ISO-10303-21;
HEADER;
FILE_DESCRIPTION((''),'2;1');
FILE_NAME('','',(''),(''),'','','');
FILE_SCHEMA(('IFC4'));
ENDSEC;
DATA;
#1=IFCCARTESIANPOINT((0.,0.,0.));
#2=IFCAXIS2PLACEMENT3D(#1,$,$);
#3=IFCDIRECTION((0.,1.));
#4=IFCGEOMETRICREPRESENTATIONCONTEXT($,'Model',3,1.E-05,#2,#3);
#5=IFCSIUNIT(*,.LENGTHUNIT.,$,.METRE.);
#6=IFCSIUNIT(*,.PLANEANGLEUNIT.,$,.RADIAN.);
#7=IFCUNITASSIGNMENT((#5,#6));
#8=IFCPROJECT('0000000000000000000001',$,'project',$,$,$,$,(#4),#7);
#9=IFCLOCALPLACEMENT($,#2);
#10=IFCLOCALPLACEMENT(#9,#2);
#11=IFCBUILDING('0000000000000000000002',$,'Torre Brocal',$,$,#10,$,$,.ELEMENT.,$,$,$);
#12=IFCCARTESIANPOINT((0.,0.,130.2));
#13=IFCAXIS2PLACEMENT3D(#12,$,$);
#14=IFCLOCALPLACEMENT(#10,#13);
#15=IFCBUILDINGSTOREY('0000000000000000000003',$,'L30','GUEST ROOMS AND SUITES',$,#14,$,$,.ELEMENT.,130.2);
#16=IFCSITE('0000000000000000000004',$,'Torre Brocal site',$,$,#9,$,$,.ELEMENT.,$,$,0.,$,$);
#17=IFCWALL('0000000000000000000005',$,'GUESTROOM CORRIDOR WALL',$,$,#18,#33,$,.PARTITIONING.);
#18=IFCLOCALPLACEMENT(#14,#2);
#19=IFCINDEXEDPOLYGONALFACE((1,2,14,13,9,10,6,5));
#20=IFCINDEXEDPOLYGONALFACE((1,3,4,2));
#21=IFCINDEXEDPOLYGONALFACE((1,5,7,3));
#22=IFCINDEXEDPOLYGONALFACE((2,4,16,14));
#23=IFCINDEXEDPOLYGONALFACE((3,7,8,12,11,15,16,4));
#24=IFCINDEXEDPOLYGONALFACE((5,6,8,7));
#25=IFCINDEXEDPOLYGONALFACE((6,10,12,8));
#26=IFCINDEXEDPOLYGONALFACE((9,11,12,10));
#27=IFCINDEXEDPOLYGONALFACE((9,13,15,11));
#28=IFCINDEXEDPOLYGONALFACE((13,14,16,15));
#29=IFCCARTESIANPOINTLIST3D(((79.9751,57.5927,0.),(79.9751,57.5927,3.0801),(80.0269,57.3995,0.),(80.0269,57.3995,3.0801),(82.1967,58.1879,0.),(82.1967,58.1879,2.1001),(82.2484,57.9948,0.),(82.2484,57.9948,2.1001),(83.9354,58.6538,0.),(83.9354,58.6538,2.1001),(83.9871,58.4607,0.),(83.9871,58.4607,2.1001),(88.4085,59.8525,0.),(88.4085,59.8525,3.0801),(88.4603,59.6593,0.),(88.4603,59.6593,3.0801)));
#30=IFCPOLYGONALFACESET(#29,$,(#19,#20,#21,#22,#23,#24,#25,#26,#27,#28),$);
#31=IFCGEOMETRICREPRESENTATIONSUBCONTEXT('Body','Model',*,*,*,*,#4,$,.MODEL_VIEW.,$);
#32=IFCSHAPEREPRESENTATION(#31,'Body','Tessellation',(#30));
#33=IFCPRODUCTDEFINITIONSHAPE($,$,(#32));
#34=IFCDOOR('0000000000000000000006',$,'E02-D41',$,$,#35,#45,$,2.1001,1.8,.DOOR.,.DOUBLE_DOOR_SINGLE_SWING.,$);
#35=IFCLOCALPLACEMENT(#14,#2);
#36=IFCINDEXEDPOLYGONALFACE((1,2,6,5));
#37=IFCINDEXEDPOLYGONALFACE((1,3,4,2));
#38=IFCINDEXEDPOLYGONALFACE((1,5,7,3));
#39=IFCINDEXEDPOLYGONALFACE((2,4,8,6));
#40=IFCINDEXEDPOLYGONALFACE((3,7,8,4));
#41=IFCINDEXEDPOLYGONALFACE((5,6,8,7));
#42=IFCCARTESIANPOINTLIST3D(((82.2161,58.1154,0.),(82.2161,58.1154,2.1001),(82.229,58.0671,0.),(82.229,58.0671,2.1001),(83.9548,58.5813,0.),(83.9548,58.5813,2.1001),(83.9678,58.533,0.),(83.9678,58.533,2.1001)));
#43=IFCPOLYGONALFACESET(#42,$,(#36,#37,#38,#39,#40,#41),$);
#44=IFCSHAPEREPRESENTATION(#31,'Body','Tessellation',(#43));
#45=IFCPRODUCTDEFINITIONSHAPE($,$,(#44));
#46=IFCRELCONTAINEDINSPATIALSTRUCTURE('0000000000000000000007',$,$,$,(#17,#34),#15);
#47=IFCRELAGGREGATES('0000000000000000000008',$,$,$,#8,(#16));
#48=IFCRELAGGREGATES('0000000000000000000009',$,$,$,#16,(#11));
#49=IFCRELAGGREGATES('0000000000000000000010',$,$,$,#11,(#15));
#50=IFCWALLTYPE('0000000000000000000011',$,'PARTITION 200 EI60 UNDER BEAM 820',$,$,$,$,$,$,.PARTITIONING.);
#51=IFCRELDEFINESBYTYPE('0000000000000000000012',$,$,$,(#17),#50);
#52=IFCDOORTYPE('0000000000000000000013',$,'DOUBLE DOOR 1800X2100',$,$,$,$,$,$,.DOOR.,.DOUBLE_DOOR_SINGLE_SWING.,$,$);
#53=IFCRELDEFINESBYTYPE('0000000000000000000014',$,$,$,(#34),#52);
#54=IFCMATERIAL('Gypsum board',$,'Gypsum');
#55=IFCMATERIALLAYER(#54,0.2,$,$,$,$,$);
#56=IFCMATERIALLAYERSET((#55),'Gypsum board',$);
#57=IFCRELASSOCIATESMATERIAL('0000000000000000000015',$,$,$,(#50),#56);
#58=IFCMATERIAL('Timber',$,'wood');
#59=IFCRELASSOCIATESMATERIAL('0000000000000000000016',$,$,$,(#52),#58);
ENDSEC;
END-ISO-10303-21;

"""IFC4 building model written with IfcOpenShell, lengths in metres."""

from ifc_helpers import new_model, si_unit, direction, frame, frame_2d, origin, place, context, subcontext, project, spatial, rectangle, extrude, material, layer, layer_set, type_object, element, fill, save


model = new_model("IFC4")

# Units and contexts
model_context = context("Model", 3, precision=1e-05, world=origin(), true_north=direction((0.0, 1.0)))
body_context = subcontext(model_context, "Body", "Model", "MODEL_VIEW")
ifc_project = project(units=[si_unit("LENGTHUNIT", "METRE"), si_unit("PLANEANGLEUNIT", "RADIAN")], contexts=[model_context])

# Site, building, storey
site_placement = place(None, origin())
site = spatial("IfcSite", under=ifc_project, at=site_placement, Name="Torre Brocal site", CompositionType="ELEMENT", RefElevation=0.0)
building_placement = place(site_placement, origin())
building = spatial("IfcBuilding", under=site, at=building_placement, Name="Torre Brocal", CompositionType="ELEMENT")
storey_placement = place(building_placement, frame((0.0, 0.0, 130.2)))
storey = spatial("IfcBuildingStorey", under=building, at=storey_placement, Name="L30", Description="GUEST ROOMS AND SUITES", CompositionType="ELEMENT", Elevation=130.2)

# Wall, opening, door
ifc_material_1 = material(Name="Gypsum board", Category="Gypsum")
ifc_layer_1 = layer(ifc_material_1, 0.2)
ifc_layer_set_1 = layer_set([ifc_layer_1], Name="Gypsum board")
wall_type_1 = type_object("IfcWallType", Name="PARTITION 200 EI60 UNDER BEAM 820", PredefinedType="PARTITIONING", material=ifc_layer_set_1)
wall_1_placement = place(storey_placement, frame((80.001, 57.4961, 0.0), z_axis=(0.0, 0.0, 1.0), x_axis=(0.965924, 0.258825, 0.0)))
wall_1 = element("IfcWall", 1, at=wall_1_placement, inside=storey, type_object=wall_type_1, Name="GUESTROOM CORRIDOR WALL", PredefinedType="PARTITIONING", context=body_context, shape_type="SweptSolid", body=[
    extrude(rectangle(XDim=8.731, YDim=0.2, at=frame_2d((4.3655, 0.0))), origin(), (0.0, 0.0, 1.0), 3.0801),
])
opening_1_placement = place(wall_1_placement, frame((2.3, 0.0, 0.0)))
opening_1 = element("IfcOpeningElement", 2, at=opening_1_placement, cuts=wall_1, PredefinedType="OPENING", context=body_context, shape_type="SweptSolid", body=[
    extrude(rectangle(XDim=1.8, YDim=2.1001, at=frame_2d((0.8999, 1.05))), frame((0.0, 0.1099, 0.0), z_axis=(0.0, -1.0, 0.0), x_axis=(1.0, 0.0, 0.0)), (0.0, 0.0, 1.0), 0.22),
])
ifc_material_2 = material(Name="Timber", Category="wood")
door_type_1 = type_object("IfcDoorType", Name="DOUBLE DOOR 1800X2100", OperationType="DOUBLE_DOOR_SINGLE_SWING", PredefinedType="DOOR", material=ifc_material_2)
door_1_placement = place(opening_1_placement, origin())
door_1 = element("IfcDoor", 3, at=door_1_placement, inside=storey, type_object=door_type_1, Name="E02-D41", OperationType="DOUBLE_DOOR_SINGLE_SWING", OverallHeight=2.1001, OverallWidth=1.8, PredefinedType="DOOR", context=body_context, shape_type="SweptSolid", body=[
    extrude(rectangle(XDim=1.8, YDim=2.1001, at=frame_2d((0.8999, 1.05))), frame((0.0, 0.0249, 0.0), z_axis=(0.0, -1.0, 0.0), x_axis=(1.0, 0.0, 0.0)), (0.0, 0.0, 1.0), 0.05),
])
fill(opening_1, door_1)

save(model, "model.ifc")
